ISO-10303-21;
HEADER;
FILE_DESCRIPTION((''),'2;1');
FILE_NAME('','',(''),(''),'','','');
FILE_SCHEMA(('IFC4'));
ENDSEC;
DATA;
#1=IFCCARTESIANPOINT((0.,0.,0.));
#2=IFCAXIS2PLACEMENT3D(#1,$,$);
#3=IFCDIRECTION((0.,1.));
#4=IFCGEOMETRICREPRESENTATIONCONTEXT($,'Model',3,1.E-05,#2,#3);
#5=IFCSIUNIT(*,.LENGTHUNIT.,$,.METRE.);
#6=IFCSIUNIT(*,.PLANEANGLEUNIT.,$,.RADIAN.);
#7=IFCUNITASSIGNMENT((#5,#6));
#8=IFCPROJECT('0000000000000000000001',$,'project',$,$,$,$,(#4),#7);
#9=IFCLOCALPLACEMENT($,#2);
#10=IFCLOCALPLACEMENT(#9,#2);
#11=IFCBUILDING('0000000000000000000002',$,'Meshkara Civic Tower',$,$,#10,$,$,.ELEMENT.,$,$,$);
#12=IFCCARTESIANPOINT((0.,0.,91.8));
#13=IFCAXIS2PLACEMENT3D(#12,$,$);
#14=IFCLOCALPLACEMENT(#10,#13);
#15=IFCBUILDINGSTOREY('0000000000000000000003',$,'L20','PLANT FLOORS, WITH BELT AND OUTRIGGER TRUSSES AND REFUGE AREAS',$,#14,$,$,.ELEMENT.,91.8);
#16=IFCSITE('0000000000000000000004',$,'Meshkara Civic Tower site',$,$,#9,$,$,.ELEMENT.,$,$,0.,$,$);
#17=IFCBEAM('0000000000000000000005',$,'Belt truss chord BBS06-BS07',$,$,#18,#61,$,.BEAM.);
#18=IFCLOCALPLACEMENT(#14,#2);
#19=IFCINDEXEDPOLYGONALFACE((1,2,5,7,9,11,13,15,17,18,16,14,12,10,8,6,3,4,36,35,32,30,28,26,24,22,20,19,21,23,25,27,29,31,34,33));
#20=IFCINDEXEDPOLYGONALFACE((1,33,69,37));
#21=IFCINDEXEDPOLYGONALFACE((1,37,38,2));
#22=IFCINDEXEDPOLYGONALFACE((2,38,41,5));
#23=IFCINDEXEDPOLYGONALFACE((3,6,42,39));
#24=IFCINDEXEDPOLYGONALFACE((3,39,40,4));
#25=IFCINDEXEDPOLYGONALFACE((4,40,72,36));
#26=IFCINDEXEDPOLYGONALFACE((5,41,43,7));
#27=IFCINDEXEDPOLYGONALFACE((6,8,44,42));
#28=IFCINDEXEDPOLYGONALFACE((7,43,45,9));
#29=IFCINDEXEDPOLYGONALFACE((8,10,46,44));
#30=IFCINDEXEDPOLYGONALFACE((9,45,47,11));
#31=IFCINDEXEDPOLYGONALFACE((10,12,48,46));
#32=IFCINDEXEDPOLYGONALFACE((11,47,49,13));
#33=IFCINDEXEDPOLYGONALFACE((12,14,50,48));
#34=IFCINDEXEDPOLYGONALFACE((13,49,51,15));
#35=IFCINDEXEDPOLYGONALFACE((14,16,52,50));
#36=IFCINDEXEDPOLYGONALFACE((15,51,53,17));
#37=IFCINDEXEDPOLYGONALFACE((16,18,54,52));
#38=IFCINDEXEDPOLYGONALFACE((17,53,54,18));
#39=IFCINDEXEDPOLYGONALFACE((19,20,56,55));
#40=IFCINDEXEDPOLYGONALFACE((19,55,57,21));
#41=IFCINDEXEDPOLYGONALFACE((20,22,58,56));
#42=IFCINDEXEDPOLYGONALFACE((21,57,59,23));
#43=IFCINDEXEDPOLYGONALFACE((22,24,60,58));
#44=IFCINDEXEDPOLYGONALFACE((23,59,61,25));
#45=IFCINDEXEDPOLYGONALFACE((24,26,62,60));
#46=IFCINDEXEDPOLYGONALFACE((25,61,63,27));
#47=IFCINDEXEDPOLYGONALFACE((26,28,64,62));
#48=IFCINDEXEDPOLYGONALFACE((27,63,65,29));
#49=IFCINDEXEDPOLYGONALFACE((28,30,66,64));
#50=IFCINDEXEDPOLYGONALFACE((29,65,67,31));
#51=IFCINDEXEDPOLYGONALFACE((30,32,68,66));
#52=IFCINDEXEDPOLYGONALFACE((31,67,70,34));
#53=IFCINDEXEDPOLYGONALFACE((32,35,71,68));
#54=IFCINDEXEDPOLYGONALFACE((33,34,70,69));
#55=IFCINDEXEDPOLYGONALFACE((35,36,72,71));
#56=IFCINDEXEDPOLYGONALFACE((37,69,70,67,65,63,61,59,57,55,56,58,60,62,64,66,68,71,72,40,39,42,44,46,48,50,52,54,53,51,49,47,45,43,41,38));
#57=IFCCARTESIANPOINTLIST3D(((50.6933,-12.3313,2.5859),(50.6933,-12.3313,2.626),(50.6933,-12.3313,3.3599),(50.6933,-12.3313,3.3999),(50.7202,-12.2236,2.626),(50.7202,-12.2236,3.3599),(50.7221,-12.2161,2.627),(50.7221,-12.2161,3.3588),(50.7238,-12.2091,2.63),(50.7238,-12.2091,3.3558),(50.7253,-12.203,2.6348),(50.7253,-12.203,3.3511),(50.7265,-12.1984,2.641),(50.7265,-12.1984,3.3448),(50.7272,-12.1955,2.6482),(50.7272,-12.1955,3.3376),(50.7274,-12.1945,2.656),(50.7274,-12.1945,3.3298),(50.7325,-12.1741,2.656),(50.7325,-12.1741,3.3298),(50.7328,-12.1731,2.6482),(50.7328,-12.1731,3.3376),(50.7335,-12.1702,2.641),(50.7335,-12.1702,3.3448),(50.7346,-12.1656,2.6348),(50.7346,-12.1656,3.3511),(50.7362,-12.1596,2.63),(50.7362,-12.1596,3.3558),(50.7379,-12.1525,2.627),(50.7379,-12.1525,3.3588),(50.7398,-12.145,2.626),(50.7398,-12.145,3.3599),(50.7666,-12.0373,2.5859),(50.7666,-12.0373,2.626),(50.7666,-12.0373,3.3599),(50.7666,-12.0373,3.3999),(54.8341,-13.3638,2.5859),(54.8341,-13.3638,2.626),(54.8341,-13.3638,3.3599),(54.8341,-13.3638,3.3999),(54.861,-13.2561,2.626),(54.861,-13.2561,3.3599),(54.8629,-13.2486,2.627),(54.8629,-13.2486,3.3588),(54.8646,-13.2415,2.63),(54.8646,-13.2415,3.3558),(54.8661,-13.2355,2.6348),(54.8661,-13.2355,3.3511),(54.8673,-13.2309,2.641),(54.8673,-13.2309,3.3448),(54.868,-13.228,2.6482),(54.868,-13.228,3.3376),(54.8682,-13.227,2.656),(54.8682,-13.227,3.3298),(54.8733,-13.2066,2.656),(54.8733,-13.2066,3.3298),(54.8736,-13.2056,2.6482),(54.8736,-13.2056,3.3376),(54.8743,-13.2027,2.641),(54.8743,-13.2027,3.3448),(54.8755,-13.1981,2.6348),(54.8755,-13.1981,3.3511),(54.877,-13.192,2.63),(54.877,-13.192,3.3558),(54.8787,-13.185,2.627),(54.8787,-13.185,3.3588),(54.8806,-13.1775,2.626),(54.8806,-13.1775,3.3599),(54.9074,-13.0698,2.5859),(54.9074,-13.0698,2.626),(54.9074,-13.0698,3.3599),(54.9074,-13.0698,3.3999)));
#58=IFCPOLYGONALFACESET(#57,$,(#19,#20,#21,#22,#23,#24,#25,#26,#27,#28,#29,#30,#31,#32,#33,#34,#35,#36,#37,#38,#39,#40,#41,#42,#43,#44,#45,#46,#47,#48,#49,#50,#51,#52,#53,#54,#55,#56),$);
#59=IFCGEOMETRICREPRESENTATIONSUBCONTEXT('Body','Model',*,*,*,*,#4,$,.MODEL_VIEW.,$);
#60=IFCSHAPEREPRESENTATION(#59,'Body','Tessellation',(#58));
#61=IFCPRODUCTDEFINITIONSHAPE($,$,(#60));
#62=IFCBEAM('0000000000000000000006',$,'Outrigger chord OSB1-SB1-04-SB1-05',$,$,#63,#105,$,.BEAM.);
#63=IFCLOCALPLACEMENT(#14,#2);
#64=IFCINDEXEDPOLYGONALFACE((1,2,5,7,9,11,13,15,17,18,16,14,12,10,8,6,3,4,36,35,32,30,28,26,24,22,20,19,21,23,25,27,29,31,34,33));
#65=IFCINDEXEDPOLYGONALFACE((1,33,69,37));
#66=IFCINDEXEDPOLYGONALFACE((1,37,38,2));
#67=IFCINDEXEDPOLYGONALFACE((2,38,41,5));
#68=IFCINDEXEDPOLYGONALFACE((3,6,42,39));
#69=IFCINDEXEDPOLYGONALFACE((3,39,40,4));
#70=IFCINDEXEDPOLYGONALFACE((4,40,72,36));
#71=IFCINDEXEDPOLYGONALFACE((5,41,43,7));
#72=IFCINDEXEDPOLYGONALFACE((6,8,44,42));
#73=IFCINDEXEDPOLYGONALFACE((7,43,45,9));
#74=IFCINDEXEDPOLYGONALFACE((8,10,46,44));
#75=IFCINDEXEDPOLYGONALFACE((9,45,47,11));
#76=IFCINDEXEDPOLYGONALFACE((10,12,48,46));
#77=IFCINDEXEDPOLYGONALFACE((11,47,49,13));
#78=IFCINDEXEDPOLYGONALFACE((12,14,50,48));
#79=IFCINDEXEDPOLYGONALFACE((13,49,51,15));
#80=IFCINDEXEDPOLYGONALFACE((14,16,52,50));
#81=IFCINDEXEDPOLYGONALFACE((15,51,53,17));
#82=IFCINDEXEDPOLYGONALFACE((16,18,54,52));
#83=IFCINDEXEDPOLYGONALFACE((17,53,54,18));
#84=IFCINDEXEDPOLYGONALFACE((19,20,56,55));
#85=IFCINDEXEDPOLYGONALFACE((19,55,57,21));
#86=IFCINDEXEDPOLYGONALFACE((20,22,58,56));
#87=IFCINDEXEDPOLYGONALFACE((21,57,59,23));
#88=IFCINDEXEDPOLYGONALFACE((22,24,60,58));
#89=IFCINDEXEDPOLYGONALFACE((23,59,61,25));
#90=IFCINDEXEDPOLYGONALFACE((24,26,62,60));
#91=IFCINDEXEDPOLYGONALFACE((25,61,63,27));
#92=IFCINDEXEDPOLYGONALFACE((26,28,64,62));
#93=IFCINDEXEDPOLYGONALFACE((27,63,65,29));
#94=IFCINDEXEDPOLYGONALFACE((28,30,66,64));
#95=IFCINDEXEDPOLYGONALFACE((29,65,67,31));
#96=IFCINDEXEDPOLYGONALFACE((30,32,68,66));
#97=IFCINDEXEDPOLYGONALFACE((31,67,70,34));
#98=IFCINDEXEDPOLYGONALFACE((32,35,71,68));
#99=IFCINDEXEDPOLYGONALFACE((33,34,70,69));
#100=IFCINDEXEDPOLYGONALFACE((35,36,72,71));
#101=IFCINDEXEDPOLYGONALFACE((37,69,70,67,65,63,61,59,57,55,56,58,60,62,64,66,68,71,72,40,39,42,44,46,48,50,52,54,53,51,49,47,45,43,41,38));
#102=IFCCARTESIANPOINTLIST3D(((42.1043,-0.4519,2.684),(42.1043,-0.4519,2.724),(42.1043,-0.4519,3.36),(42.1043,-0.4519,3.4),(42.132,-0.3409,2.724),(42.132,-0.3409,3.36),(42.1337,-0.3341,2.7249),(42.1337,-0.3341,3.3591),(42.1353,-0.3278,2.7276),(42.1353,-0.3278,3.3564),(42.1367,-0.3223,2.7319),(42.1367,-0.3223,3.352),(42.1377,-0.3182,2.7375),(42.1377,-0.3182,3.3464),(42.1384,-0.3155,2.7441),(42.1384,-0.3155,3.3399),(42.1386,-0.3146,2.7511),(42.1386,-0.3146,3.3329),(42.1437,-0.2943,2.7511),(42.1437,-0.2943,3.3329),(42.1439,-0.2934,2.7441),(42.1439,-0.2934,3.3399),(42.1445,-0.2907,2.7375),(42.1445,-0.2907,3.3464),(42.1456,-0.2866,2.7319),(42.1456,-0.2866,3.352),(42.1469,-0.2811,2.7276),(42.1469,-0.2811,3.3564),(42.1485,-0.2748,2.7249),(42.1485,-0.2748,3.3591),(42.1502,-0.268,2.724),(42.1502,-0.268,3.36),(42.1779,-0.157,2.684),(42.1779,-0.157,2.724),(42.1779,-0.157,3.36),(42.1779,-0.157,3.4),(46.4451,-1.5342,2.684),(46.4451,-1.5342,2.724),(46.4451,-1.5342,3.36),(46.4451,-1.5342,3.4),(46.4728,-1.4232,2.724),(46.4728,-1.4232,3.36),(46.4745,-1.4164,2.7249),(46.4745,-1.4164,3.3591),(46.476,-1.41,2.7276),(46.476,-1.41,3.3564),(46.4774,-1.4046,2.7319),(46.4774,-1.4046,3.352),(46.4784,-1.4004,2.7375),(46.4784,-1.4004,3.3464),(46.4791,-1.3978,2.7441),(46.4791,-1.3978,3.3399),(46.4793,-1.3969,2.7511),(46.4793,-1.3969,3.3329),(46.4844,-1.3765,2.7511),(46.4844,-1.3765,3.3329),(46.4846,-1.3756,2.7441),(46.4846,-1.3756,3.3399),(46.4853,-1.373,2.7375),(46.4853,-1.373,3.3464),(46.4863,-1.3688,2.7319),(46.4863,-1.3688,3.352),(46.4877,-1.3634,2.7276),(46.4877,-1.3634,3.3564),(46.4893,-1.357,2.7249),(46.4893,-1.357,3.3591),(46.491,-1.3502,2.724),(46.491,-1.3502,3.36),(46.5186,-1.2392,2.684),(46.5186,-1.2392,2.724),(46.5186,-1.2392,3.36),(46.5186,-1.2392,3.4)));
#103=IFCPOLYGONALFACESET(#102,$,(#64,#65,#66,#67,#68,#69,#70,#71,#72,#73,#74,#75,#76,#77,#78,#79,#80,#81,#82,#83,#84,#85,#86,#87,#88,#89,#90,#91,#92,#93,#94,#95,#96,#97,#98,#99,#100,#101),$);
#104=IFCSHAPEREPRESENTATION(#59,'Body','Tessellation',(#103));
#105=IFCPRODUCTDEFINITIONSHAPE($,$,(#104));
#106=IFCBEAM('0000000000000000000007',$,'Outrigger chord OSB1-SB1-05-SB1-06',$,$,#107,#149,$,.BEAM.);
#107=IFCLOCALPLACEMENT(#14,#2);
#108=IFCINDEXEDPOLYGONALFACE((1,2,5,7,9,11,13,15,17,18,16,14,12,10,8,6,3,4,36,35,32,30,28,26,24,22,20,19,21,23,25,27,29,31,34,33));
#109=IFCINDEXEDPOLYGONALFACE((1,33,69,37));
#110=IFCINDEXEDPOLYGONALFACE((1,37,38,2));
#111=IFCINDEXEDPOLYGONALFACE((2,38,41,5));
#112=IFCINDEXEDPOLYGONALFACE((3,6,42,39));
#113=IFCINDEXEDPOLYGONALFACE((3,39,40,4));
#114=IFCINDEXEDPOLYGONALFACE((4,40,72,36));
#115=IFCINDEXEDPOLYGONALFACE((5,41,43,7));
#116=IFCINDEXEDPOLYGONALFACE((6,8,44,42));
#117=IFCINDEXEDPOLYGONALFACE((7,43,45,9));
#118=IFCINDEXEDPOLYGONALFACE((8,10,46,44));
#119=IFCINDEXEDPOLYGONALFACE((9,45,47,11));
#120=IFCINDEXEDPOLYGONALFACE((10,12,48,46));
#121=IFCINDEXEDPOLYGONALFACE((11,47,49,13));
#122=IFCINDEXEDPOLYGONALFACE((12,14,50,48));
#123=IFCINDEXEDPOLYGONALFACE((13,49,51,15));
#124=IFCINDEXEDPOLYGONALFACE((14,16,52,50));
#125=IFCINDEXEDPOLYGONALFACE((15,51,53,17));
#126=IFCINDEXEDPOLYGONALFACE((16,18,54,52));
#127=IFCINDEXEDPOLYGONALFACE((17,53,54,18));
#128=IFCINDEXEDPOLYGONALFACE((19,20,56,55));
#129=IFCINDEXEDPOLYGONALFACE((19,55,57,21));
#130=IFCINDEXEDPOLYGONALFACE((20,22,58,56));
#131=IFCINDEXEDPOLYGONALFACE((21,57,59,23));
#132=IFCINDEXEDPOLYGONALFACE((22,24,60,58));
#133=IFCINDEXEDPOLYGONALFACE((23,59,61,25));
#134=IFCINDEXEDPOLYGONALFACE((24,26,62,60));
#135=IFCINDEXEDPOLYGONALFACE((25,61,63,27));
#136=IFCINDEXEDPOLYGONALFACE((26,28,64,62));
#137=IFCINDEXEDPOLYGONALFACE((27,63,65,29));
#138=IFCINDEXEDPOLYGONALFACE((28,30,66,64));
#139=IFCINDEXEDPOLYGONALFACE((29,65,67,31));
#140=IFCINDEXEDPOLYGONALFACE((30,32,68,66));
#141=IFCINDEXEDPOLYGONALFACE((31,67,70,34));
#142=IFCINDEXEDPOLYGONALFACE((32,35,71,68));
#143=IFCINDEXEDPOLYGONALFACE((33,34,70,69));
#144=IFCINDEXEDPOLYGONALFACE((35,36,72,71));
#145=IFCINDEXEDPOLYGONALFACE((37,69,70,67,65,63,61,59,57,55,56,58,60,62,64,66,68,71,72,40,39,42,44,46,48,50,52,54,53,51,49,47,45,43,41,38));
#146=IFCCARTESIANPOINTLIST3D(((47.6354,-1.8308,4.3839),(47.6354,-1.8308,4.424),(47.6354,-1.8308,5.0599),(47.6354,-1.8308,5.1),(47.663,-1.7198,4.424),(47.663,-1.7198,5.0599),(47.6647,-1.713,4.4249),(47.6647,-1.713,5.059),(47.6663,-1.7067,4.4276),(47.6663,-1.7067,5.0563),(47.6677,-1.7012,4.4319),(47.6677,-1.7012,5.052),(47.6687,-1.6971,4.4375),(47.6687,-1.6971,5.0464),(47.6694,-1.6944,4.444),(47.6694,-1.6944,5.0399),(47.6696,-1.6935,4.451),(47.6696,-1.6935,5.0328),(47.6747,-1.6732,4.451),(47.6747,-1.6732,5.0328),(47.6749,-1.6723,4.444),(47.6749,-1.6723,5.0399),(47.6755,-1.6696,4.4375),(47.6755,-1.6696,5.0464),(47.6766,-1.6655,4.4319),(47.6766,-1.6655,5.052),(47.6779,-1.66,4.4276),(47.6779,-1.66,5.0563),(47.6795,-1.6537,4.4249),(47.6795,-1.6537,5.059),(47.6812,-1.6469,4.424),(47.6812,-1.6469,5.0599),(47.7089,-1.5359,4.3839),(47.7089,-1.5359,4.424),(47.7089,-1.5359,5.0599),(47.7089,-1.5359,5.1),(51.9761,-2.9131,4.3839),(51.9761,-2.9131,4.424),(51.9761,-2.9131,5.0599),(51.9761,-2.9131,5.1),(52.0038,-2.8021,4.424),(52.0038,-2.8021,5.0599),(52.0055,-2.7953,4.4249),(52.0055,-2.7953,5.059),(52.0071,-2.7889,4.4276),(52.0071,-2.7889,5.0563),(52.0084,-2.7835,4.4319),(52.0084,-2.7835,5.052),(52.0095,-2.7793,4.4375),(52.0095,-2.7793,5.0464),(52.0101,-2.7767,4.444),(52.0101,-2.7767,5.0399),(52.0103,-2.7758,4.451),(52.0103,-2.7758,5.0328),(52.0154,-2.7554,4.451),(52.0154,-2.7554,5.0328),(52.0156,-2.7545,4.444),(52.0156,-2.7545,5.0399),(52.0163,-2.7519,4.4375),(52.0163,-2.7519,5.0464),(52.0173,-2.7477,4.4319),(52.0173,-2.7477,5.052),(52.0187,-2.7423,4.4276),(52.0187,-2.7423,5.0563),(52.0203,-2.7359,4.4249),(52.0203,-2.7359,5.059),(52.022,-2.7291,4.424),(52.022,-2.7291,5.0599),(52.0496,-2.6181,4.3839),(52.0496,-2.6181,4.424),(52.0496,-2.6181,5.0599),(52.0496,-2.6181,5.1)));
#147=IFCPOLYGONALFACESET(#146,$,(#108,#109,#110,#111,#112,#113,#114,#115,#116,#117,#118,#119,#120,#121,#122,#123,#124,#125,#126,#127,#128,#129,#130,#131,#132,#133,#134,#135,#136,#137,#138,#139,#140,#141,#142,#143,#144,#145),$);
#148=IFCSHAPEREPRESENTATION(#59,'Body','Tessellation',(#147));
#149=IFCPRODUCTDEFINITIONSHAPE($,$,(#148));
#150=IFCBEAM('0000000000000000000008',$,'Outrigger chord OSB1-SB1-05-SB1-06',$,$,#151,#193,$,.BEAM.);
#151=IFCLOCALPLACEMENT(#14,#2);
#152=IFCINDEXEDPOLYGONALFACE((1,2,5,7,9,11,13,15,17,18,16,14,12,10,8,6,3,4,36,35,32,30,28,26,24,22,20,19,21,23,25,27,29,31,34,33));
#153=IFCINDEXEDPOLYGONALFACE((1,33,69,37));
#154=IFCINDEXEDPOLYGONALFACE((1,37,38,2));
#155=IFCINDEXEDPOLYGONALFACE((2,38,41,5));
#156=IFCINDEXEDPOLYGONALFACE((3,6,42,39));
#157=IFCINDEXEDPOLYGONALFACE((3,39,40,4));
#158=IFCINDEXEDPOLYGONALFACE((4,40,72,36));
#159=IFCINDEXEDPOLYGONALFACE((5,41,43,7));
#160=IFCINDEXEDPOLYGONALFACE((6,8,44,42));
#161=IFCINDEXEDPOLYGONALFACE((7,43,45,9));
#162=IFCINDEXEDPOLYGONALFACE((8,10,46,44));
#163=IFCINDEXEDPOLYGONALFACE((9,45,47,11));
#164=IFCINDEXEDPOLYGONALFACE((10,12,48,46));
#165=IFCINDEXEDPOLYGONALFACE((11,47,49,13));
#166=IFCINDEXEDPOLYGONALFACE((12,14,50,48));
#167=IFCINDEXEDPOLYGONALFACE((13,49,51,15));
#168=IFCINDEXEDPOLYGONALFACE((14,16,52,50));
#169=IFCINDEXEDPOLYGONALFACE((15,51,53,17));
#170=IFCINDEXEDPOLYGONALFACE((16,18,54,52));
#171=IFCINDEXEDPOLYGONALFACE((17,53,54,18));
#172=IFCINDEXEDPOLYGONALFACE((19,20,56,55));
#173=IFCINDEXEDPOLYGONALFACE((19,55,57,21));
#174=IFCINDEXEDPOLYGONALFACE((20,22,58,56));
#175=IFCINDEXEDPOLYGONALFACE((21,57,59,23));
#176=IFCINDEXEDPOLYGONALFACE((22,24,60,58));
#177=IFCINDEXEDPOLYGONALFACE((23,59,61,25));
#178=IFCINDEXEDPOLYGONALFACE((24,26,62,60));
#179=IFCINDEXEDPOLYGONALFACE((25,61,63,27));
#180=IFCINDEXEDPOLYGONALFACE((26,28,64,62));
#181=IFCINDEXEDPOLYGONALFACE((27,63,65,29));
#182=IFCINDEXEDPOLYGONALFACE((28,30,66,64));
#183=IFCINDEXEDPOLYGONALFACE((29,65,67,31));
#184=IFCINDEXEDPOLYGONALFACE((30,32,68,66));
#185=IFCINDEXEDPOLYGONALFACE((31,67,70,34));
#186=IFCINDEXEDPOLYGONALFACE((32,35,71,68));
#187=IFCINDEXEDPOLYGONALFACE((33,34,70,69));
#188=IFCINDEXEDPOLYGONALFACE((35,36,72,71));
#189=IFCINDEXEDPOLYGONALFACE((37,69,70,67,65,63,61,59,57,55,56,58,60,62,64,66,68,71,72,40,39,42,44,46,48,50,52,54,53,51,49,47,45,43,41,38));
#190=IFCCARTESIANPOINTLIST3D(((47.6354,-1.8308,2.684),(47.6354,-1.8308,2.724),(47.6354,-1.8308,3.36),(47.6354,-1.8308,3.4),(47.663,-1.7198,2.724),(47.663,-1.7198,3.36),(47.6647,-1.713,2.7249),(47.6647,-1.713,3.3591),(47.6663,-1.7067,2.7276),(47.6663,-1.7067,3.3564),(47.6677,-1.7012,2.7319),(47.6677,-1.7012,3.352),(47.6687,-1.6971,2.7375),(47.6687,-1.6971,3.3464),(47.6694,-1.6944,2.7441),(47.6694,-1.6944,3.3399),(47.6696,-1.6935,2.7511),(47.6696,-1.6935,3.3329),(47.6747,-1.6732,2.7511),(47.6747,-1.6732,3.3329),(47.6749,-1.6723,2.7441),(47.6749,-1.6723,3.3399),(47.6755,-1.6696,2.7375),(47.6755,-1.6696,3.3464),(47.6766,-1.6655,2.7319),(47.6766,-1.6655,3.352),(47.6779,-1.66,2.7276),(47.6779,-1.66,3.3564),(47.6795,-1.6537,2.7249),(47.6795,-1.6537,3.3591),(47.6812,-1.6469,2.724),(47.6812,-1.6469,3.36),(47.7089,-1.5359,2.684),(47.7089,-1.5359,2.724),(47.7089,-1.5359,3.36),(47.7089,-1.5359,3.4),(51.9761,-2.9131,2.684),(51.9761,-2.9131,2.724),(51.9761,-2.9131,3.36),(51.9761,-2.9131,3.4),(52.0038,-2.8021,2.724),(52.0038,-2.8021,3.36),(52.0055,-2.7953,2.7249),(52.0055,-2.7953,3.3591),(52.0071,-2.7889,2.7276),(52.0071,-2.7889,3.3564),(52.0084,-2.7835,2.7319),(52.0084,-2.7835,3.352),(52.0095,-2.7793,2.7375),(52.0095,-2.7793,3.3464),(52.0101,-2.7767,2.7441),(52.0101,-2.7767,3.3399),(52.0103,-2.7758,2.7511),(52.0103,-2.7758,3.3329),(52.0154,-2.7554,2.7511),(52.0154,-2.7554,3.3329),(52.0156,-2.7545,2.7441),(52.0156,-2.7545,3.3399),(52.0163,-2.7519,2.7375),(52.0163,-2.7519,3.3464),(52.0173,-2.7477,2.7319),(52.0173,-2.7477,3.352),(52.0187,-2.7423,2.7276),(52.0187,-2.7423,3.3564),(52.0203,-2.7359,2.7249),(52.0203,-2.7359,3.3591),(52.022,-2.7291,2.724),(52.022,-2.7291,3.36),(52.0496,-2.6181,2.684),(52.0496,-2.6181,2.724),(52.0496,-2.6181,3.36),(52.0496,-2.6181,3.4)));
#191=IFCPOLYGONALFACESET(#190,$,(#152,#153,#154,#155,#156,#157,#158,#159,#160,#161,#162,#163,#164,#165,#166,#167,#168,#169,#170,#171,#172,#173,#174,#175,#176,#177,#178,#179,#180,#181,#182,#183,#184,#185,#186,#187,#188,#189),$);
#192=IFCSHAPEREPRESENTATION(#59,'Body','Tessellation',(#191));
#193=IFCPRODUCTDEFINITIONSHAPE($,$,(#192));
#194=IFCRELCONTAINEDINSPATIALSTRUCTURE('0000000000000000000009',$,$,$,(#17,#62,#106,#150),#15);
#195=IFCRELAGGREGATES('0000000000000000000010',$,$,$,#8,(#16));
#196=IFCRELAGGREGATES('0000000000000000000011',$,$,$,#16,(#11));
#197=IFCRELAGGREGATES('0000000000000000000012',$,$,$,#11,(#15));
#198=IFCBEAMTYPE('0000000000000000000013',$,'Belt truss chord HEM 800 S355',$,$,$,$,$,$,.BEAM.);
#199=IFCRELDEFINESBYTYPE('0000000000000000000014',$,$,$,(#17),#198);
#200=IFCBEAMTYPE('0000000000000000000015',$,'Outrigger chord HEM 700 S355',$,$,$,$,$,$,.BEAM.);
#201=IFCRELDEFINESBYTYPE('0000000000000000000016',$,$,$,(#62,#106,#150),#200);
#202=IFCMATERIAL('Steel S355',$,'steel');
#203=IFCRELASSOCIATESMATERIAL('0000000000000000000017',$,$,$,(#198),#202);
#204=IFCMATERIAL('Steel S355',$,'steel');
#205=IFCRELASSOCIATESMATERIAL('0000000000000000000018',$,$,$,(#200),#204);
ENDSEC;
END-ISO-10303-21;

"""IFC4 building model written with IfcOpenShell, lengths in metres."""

from ifc_helpers import new_model, si_unit, direction, frame, origin, origin_2d, place, context, subcontext, project, spatial, i_section, extrude, material, material_profile, profile_set, type_object, element, save


model = new_model("IFC4")

# Units and contexts
model_context = context("Model", 3, precision=1e-05, world=origin(), true_north=direction((0.0, 1.0)))
body_context = subcontext(model_context, "Body", "Model", "MODEL_VIEW")
ifc_project = project(units=[si_unit("LENGTHUNIT", "METRE"), si_unit("PLANEANGLEUNIT", "RADIAN")], contexts=[model_context])

# Site, building, storey
site_placement = place(None, origin())
site = spatial("IfcSite", under=ifc_project, at=site_placement, Name="Meshkara Civic Tower site", CompositionType="ELEMENT", RefElevation=0.0)
building_placement = place(site_placement, origin())
building = spatial("IfcBuilding", under=site, at=building_placement, Name="Meshkara Civic Tower", CompositionType="ELEMENT")
storey_placement = place(building_placement, frame((0.0, 0.0, 91.8)))
storey = spatial("IfcBuildingStorey", under=building, at=storey_placement, Name="L20", Description="PLANT FLOORS, WITH BELT AND OUTRIGGER TRUSSES AND REFUGE AREAS", CompositionType="ELEMENT", Elevation=91.8)

# Beams
ifc_material_1 = material(Name="Steel S355", Category="steel")
ifc_material_profile_1 = material_profile(ifc_material_1, i_section(OverallWidth=0.303, OverallDepth=0.814, WebThickness=0.021, FlangeThickness=0.04, FilletRadius=0.03, at=origin_2d()))
ifc_profile_set_1 = profile_set([ifc_material_profile_1], Name="Steel S355")
beam_type_1 = type_object("IfcBeamType", Name="Belt truss chord HEM 800 S355", PredefinedType="BEAM", material=ifc_profile_set_1)
for number, where, z_axis, x_axis, name in (
    (1, (50.73, -12.1843, 2.9929), (0.970294, -0.24193, 0.0), (0.24193, 0.970294, 0.0), "Belt truss chord BBS06-BS07"),
):
    element("IfcBeam", number, at=place(storey_placement, frame(where, z_axis=z_axis, x_axis=x_axis)), inside=storey, type_object=beam_type_1, Name=name, PredefinedType="BEAM", context=body_context, shape_type="SweptSolid", body=[
        extrude(i_section(OverallWidth=0.303, OverallDepth=0.814, WebThickness=0.021, FlangeThickness=0.04, FilletRadius=0.03, at=origin_2d()), origin(), (0.0, 0.0, 1.0), 4.2676),
    ])
ifc_material_2 = material(Name="Steel S355", Category="steel")
ifc_material_profile_2 = material_profile(ifc_material_2, i_section(OverallWidth=0.304, OverallDepth=0.7161, WebThickness=0.021, FlangeThickness=0.04, FilletRadius=0.0271, at=origin_2d()))
ifc_profile_set_2 = profile_set([ifc_material_profile_2], Name="Steel S355")
beam_type_2 = type_object("IfcBeamType", Name="Outrigger chord HEM 700 S355", PredefinedType="BEAM", material=ifc_profile_set_2)
for number, where, z_axis, x_axis, name in (
    (2, (42.1411, -0.3044, 3.042), (0.970296, -0.241919, 0.0), (0.241919, 0.970296, 0.0), "Outrigger chord OSB1-SB1-04-SB1-05"),
    (3, (47.6721, -1.6833, 4.7419), (0.970296, -0.241919, 0.0), (0.241919, 0.970296, 0.0), "Outrigger chord OSB1-SB1-05-SB1-06"),
    (4, (47.6721, -1.6833, 3.042), (0.970296, -0.241919, 0.0), (0.241919, 0.970296, 0.0), "Outrigger chord OSB1-SB1-05-SB1-06"),
):
    element("IfcBeam", number, at=place(storey_placement, frame(where, z_axis=z_axis, x_axis=x_axis)), inside=storey, type_object=beam_type_2, Name=name, PredefinedType="BEAM", context=body_context, shape_type="SweptSolid", body=[
        extrude(i_section(OverallWidth=0.304, OverallDepth=0.7161, WebThickness=0.021, FlangeThickness=0.04, FilletRadius=0.0271, at=origin_2d()), origin(), (0.0, 0.0, 1.0), 4.4736),
    ])

save(model, "model.ifc")
